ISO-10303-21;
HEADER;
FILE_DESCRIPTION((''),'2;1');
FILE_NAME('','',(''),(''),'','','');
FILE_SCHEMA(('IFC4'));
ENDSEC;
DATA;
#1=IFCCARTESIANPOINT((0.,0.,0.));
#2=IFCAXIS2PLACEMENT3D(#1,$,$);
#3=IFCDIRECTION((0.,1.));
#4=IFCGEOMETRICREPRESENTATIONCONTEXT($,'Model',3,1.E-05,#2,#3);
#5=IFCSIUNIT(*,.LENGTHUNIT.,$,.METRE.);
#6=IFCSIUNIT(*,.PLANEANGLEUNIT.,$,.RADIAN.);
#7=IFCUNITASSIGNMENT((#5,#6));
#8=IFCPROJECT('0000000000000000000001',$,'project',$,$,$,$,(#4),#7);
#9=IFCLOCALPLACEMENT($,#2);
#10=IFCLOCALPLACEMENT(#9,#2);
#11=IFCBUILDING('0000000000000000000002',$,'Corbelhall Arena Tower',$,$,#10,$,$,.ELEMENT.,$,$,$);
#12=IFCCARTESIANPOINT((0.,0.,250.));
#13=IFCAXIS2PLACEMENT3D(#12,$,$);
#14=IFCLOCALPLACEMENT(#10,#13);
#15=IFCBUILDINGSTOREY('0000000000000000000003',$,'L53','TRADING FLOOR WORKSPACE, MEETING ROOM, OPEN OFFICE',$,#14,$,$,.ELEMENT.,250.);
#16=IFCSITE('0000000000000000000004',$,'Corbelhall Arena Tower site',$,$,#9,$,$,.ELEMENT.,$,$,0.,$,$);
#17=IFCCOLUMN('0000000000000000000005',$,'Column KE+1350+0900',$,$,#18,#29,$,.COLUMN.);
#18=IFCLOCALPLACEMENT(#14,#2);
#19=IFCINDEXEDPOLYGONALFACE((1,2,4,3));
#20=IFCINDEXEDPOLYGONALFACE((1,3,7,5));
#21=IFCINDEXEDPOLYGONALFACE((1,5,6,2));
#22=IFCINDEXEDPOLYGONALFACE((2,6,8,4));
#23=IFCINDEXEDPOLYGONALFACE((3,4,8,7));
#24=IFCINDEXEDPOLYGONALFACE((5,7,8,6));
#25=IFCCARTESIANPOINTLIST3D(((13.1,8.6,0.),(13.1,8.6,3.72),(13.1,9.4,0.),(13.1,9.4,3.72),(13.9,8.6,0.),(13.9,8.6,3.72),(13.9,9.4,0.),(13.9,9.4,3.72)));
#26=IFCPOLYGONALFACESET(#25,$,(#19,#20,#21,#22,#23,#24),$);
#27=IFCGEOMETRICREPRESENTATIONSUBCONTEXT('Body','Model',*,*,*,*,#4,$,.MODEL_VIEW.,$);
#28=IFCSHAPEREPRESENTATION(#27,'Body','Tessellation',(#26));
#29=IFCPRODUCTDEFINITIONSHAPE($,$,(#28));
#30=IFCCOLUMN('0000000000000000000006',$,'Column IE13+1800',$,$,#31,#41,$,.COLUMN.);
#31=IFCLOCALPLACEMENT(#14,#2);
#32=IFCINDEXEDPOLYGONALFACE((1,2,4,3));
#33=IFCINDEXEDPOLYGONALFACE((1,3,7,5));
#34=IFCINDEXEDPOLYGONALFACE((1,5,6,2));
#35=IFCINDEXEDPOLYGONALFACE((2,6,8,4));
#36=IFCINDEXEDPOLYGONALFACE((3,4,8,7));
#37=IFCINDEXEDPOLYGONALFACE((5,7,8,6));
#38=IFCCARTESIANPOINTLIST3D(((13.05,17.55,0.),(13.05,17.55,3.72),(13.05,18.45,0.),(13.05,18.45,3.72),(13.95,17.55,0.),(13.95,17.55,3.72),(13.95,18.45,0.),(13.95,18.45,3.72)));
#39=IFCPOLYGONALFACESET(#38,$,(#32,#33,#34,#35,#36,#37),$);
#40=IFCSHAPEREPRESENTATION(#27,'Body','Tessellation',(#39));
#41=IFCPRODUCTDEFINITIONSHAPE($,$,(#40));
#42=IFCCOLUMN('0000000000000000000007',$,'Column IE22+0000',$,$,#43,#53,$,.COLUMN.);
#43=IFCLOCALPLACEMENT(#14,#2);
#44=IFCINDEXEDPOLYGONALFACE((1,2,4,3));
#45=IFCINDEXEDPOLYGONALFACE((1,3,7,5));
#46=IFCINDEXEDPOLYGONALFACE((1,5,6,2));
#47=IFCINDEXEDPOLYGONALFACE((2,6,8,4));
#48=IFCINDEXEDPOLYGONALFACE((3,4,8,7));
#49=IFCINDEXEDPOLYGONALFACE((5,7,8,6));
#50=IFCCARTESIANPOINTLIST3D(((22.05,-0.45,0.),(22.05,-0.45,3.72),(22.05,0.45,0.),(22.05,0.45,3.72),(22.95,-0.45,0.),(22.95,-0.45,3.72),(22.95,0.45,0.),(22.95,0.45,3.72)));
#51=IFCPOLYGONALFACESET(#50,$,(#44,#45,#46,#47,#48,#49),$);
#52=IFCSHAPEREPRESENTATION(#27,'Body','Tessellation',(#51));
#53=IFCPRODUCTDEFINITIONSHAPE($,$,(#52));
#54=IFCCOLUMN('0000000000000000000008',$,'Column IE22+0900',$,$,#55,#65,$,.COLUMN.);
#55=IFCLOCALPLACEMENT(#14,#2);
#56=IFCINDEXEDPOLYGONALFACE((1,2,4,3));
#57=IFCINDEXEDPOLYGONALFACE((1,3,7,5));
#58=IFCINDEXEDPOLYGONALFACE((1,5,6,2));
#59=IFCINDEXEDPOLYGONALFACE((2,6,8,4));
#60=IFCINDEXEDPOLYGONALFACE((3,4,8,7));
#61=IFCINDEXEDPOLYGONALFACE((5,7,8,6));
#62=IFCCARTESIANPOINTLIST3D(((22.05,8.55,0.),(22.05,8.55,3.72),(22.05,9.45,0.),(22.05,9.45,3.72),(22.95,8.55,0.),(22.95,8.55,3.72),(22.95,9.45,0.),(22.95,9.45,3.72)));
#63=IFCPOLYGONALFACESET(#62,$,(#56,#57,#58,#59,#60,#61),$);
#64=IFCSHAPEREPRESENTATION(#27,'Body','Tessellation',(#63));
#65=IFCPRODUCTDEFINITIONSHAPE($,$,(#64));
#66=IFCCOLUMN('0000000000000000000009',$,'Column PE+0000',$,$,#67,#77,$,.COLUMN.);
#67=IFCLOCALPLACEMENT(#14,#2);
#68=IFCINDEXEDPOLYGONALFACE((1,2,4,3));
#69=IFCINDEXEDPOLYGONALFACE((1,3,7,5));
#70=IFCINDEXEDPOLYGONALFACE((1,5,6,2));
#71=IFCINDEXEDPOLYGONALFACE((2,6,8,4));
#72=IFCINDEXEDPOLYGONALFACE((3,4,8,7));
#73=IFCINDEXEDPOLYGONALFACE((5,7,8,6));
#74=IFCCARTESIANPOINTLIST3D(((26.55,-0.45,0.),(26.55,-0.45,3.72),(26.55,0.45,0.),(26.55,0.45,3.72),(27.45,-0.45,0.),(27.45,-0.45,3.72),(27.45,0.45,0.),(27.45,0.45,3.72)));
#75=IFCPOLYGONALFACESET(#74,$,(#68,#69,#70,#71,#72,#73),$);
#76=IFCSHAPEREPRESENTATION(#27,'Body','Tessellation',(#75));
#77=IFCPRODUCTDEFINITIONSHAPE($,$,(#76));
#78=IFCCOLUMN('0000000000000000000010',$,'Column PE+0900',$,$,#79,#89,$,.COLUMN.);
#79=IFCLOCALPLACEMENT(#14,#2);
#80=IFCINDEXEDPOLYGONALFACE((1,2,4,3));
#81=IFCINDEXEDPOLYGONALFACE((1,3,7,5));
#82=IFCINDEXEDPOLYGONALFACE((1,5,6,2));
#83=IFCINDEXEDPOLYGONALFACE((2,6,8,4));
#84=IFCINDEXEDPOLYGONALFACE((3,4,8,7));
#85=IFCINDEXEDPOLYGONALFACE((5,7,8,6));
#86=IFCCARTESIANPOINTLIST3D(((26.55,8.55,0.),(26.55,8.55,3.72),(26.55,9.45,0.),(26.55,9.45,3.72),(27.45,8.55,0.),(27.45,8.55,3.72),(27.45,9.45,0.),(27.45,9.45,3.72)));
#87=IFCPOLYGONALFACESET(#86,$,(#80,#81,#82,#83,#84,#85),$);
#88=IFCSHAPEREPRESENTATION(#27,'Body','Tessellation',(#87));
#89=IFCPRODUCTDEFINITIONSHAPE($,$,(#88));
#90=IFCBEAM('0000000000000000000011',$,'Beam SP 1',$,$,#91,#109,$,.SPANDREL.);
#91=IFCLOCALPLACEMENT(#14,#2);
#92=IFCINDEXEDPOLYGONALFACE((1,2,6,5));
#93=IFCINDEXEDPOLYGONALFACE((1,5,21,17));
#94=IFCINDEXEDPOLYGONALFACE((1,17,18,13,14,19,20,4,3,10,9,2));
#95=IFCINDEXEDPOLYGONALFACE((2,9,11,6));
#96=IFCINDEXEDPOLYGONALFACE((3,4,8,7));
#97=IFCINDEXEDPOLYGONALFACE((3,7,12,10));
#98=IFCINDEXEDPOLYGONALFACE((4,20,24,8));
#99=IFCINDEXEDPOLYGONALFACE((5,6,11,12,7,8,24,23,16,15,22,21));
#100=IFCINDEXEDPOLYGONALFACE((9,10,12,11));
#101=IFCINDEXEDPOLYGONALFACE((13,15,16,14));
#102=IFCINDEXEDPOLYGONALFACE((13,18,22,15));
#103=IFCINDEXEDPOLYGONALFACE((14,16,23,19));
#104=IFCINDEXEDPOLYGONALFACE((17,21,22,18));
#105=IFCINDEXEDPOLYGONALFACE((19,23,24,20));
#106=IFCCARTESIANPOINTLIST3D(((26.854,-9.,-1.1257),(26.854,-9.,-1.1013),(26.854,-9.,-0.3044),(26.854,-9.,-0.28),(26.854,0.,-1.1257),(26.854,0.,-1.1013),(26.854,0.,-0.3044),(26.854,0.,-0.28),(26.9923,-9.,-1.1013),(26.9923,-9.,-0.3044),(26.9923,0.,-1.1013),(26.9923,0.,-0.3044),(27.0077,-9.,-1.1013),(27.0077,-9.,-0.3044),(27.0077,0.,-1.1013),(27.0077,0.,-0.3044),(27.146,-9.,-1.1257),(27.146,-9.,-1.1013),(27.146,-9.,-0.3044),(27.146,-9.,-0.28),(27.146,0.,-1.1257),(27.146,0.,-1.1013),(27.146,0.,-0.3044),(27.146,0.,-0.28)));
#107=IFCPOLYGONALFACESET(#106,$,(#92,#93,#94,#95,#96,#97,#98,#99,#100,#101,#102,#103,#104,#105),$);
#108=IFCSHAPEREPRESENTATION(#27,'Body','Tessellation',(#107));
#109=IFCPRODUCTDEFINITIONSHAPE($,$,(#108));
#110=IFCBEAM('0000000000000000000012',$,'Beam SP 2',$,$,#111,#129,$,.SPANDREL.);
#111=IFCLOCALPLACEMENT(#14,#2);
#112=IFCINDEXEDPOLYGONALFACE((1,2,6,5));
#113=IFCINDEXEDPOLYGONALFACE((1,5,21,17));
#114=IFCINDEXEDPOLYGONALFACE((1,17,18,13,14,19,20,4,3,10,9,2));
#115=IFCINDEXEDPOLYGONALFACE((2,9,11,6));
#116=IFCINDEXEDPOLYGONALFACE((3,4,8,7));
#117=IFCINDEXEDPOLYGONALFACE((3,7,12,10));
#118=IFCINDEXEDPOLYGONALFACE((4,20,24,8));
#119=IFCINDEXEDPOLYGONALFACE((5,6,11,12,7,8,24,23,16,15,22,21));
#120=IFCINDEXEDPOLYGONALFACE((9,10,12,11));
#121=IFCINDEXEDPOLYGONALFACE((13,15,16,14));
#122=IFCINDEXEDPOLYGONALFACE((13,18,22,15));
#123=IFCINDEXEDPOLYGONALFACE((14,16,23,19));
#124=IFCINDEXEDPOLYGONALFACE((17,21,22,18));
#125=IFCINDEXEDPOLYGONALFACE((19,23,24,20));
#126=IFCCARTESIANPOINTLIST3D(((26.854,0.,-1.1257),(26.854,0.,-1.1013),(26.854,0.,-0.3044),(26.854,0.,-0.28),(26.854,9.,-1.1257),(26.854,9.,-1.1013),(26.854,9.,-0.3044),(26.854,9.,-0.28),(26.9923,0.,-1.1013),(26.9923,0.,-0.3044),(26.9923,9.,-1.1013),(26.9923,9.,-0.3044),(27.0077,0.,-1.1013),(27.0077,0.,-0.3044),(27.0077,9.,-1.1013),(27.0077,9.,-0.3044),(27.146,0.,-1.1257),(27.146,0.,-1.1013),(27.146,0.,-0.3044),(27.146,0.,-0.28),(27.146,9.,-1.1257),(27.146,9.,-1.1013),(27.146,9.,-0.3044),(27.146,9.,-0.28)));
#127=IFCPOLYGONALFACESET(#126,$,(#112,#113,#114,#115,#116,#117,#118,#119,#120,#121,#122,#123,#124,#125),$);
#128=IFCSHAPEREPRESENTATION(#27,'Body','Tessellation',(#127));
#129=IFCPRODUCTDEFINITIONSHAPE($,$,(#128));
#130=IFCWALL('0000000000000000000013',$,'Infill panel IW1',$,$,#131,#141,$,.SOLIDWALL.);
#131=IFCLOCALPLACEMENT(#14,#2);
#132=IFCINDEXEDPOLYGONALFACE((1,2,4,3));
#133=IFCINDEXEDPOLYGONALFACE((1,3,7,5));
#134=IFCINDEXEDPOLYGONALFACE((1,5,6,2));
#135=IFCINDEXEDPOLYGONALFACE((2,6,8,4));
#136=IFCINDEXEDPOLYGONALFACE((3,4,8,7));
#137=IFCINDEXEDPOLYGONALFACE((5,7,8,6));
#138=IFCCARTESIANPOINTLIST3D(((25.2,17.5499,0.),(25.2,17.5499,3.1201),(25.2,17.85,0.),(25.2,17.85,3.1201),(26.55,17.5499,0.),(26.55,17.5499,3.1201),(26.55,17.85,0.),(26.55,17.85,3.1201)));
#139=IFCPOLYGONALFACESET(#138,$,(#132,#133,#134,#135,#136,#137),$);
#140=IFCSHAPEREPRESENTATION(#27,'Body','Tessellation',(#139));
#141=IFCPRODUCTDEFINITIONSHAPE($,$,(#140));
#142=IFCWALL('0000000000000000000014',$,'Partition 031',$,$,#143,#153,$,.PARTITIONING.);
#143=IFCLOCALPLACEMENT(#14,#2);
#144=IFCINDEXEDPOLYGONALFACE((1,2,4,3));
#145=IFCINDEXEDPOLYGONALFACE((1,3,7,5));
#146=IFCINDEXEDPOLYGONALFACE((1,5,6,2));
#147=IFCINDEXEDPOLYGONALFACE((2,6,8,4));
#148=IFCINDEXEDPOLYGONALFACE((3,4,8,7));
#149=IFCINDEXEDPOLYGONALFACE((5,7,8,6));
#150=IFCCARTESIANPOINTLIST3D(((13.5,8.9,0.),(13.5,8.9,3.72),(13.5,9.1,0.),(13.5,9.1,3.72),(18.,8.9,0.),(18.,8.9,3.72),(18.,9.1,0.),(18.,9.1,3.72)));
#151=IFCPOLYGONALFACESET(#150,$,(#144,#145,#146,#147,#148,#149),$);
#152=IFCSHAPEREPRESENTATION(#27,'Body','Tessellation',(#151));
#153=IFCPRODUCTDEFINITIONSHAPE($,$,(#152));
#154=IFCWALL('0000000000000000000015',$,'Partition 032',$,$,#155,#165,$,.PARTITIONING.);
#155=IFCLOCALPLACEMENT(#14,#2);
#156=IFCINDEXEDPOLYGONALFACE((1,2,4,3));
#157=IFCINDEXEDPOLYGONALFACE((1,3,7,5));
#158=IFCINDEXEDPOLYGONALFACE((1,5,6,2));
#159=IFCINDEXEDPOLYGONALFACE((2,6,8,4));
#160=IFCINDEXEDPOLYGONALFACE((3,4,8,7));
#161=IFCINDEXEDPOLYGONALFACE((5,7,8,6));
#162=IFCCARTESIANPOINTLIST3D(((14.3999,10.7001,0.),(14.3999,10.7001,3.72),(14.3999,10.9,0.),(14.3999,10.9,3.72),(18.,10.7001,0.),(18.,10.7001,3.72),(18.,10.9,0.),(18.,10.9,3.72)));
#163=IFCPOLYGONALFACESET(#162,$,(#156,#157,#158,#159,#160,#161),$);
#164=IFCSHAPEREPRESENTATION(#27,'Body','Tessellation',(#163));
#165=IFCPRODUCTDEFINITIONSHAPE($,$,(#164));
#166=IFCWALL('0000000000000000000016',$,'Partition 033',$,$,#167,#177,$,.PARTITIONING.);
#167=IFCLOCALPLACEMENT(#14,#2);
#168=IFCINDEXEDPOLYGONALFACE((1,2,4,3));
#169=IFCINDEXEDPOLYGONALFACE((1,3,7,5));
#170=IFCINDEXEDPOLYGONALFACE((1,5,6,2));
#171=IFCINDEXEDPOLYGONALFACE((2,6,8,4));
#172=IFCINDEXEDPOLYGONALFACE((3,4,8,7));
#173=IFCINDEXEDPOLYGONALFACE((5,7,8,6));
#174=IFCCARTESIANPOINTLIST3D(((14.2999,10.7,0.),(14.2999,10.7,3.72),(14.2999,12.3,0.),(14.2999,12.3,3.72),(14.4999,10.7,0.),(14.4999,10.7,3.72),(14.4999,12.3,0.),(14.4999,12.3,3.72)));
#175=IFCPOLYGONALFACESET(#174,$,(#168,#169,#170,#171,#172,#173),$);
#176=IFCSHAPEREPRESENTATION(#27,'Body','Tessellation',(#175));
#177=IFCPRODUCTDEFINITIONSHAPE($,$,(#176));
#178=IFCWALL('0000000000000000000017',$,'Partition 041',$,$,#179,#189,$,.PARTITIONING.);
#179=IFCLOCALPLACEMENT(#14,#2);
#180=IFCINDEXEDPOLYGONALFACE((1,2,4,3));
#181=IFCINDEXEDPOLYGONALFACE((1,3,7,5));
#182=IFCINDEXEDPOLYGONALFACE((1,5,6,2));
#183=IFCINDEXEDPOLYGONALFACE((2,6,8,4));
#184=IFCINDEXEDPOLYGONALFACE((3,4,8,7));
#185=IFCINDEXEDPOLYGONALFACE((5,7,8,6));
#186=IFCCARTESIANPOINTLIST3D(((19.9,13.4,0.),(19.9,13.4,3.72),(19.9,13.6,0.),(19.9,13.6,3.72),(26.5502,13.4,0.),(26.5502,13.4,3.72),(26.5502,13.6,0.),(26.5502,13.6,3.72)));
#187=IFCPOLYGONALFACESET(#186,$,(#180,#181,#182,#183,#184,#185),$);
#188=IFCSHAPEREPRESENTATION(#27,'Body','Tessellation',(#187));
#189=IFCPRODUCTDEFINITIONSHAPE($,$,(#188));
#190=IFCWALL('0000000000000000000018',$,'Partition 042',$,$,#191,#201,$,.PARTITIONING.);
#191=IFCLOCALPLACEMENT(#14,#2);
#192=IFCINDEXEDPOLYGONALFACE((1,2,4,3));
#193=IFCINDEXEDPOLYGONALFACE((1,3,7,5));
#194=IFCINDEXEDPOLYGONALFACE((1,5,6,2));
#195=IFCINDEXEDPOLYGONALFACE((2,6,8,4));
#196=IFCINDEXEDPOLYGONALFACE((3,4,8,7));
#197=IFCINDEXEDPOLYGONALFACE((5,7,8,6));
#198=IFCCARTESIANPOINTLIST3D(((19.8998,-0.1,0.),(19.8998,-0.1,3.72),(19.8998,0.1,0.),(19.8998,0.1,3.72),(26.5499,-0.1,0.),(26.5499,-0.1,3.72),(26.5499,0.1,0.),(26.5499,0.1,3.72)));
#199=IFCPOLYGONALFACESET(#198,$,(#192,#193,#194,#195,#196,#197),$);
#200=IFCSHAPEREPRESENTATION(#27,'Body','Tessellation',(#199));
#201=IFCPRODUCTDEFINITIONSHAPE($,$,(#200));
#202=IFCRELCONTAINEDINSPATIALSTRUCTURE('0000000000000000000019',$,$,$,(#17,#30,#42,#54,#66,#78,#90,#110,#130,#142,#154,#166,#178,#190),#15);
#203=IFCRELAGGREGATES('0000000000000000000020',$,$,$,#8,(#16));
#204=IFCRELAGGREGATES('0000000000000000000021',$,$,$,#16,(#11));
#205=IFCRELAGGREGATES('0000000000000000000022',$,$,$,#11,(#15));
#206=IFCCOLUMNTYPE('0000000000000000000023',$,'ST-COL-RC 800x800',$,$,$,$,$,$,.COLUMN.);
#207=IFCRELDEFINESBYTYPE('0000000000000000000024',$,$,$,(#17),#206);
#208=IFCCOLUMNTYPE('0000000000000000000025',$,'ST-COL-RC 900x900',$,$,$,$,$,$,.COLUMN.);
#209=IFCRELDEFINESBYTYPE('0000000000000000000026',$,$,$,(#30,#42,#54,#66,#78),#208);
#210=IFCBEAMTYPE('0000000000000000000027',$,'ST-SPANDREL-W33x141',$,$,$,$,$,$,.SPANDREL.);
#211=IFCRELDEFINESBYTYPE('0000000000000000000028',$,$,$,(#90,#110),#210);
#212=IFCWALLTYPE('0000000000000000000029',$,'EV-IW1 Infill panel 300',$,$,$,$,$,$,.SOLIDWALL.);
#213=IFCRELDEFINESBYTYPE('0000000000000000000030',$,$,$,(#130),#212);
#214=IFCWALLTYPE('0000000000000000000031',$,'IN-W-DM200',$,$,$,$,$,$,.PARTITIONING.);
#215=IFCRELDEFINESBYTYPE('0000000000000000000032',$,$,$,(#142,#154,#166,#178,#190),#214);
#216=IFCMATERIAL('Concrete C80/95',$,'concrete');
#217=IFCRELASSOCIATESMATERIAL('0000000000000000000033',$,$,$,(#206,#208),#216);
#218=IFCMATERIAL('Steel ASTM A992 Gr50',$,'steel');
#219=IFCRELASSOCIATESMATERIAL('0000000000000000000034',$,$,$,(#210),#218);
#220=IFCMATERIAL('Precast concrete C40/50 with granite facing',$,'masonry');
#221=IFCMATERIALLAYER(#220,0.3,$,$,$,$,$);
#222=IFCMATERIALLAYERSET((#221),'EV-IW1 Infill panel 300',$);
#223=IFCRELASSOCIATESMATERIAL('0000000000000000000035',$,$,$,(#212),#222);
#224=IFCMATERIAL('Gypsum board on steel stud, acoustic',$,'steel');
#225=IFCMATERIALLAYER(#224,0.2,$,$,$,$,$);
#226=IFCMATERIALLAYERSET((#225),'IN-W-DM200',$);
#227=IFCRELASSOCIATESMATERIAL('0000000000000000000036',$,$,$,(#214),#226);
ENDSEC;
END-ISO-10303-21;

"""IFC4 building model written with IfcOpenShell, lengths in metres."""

from ifc_helpers import new_model, si_unit, direction, frame, frame_2d, origin, origin_2d, place, context, subcontext, project, spatial, rectangle, i_section, extrude, material, layer, layer_set, material_profile, profile_set, type_object, element, save


model = new_model("IFC4")

# Units and contexts
model_context = context("Model", 3, precision=1e-05, world=origin(), true_north=direction((0.0, 1.0)))
body_context = subcontext(model_context, "Body", "Model", "MODEL_VIEW")
ifc_project = project(units=[si_unit("LENGTHUNIT", "METRE"), si_unit("PLANEANGLEUNIT", "RADIAN")], contexts=[model_context])

# Site, building, storey
site_placement = place(None, origin())
site = spatial("IfcSite", under=ifc_project, at=site_placement, Name="Corbelhall Arena Tower site", CompositionType="ELEMENT", RefElevation=0.0)
building_placement = place(site_placement, origin())
building = spatial("IfcBuilding", under=site, at=building_placement, Name="Corbelhall Arena Tower", CompositionType="ELEMENT")
storey_placement = place(building_placement, frame((0.0, 0.0, 250.0)))
storey = spatial("IfcBuildingStorey", under=building, at=storey_placement, Name="L53", Description="TRADING FLOOR WORKSPACE, MEETING ROOM, OPEN OFFICE", CompositionType="ELEMENT", Elevation=250.0)

# Columns
ifc_material_1 = material(Name="Concrete C80/95", Category="concrete")
ifc_material_profile_1 = material_profile(ifc_material_1, rectangle(XDim=0.8, YDim=0.8, at=origin_2d()))
ifc_profile_set_1 = profile_set([ifc_material_profile_1], Name="Concrete C80/95")
column_type_1 = type_object("IfcColumnType", Name="ST-COL-RC 800x800", PredefinedType="COLUMN", material=ifc_profile_set_1)
column_placement = place(storey_placement, frame((13.5, 9.0, 0.0), z_axis=(0.0, 0.0, 1.0), x_axis=(1.0, 0.0, 0.0)))
element("IfcColumn", 1, at=column_placement, inside=storey, type_object=column_type_1, Name="Column KE+1350+0900", PredefinedType="COLUMN", context=body_context, shape_type="SweptSolid", body=[
    extrude(rectangle(XDim=0.8, YDim=0.8, at=origin_2d()), origin(), (0.0, 0.0, 1.0), 3.72),
])
ifc_material_profile_2 = material_profile(ifc_material_1, rectangle(XDim=0.8999, YDim=0.8999, at=origin_2d()))
ifc_profile_set_2 = profile_set([ifc_material_profile_2], Name="Concrete C80/95")
column_type_2 = type_object("IfcColumnType", Name="ST-COL-RC 900x900", PredefinedType="COLUMN", material=ifc_profile_set_2)
for number, where, z_axis, x_axis, name in (
    (2, (13.5, 18.0, 0.0), (0.0, 0.0, 1.0), (1.0, 0.0, 0.0), "Column IE13+1800"),
    (3, (22.5, 0.0, 0.0), (0.0, 0.0, 1.0), (1.0, 0.0, 0.0), "Column IE22+0000"),
    (4, (22.5, 9.0, 0.0), (0.0, 0.0, 1.0), (1.0, 0.0, 0.0), "Column IE22+0900"),
    (5, (27.0, 0.0, 0.0), (0.0, 0.0, 1.0), (0.0, 1.0, 0.0), "Column PE+0000"),
    (6, (27.0, 9.0, 0.0), (0.0, 0.0, 1.0), (0.0, 1.0, 0.0), "Column PE+0900"),
):
    element("IfcColumn", number, at=place(storey_placement, frame(where, z_axis=z_axis, x_axis=x_axis)), inside=storey, type_object=column_type_2, Name=name, PredefinedType="COLUMN", context=body_context, shape_type="SweptSolid", body=[
        extrude(rectangle(XDim=0.8999, YDim=0.8999, at=origin_2d()), origin(), (0.0, 0.0, 1.0), 3.72),
    ])

# Beams
ifc_material_2 = material(Name="Steel ASTM A992 Gr50", Category="steel")
ifc_material_profile_3 = material_profile(ifc_material_2, i_section(OverallWidth=0.292, OverallDepth=0.8457, WebThickness=0.0154, FlangeThickness=0.0244, at=origin_2d()))
ifc_profile_set_3 = profile_set([ifc_material_profile_3], Name="Steel ASTM A992 Gr50")
beam_type = type_object("IfcBeamType", Name="ST-SPANDREL-W33x141", PredefinedType="SPANDREL", material=ifc_profile_set_3)
for number, where, z_axis, x_axis, name in (
    (7, (27.0, 0.0, -0.7029), (0.0, -1.0, 0.0), (1.0, 0.0, 0.0), "Beam SP 1"),
    (8, (27.0, 9.0, -0.7029), (0.0, -1.0, 0.0), (1.0, 0.0, 0.0), "Beam SP 2"),
):
    element("IfcBeam", number, at=place(storey_placement, frame(where, z_axis=z_axis, x_axis=x_axis)), inside=storey, type_object=beam_type, Name=name, PredefinedType="SPANDREL", context=body_context, shape_type="SweptSolid", body=[
        extrude(i_section(OverallWidth=0.292, OverallDepth=0.8457, WebThickness=0.0154, FlangeThickness=0.0244, at=origin_2d()), origin(), (0.0, 0.0, 1.0), 9.0),
    ])

# Shared definitions
ifc_material_3 = material(Name="Precast concrete C40/50 with granite facing", Category="masonry")
ifc_layer_1 = layer(ifc_material_3, 0.3)
ifc_layer_set_1 = layer_set([ifc_layer_1], Name="EV-IW1 Infill panel 300")
wall_type_1 = type_object("IfcWallType", Name="EV-IW1 Infill panel 300", PredefinedType="SOLIDWALL", material=ifc_layer_set_1)

# Walls
wall_1_placement = place(storey_placement, frame((26.55, 17.7, 0.0), z_axis=(0.0, 0.0, 1.0), x_axis=(-1.0, 0.0, 0.0)))
element("IfcWall", 9, at=wall_1_placement, inside=storey, type_object=wall_type_1, Name="Infill panel IW1", PredefinedType="SOLIDWALL", context=body_context, shape_type="SweptSolid", body=[
    extrude(rectangle(XDim=1.3501, YDim=0.3, at=frame_2d((0.675, 0.0))), origin(), (0.0, 0.0, 1.0), 3.1201),
])
ifc_material_4 = material(Name="Gypsum board on steel stud, acoustic", Category="steel")
ifc_layer_2 = layer(ifc_material_4, 0.2)
ifc_layer_set_2 = layer_set([ifc_layer_2], Name="IN-W-DM200")
wall_type_2 = type_object("IfcWallType", Name="IN-W-DM200", PredefinedType="PARTITIONING", material=ifc_layer_set_2)
wall_2_placement = place(storey_placement, frame((18.0, 9.0, 0.0), z_axis=(0.0, 0.0, 1.0), x_axis=(-1.0, 0.0, 0.0)))
element("IfcWall", 10, at=wall_2_placement, inside=storey, type_object=wall_type_2, Name="Partition 031", PredefinedType="PARTITIONING", context=body_context, shape_type="SweptSolid", body=[
    extrude(rectangle(XDim=4.5, YDim=0.2, at=frame_2d((2.25, 0.0))), origin(), (0.0, 0.0, 1.0), 3.72),
])
wall_3_placement = place(storey_placement, frame((14.3999, 10.8, 0.0), z_axis=(0.0, 0.0, 1.0), x_axis=(1.0, 0.0, 0.0)))
element("IfcWall", 11, at=wall_3_placement, inside=storey, type_object=wall_type_2, Name="Partition 032", PredefinedType="PARTITIONING", context=body_context, shape_type="SweptSolid", body=[
    extrude(rectangle(XDim=3.6001, YDim=0.2, at=frame_2d((1.8, 0.0))), origin(), (0.0, 0.0, 1.0), 3.72),
])
wall_4_placement = place(storey_placement, frame((14.3999, 12.3, 0.0), z_axis=(0.0, 0.0, 1.0), x_axis=(0.0, -1.0, 0.0)))
element("IfcWall", 12, at=wall_4_placement, inside=storey, type_object=wall_type_2, Name="Partition 033", PredefinedType="PARTITIONING", context=body_context, shape_type="SweptSolid", body=[
    extrude(rectangle(XDim=1.6001, YDim=0.2, at=frame_2d((0.8, 0.0))), origin(), (0.0, 0.0, 1.0), 3.72),
])

# Walls
for number, where, z_axis, x_axis, name in (
    (13, (19.8999, 13.5, 0.0), (0.0, 0.0, 1.0), (1.0, 0.0, 0.0), "Partition 041"),
    (14, (26.55, 0.0, 0.0), (0.0, 0.0, 1.0), (-1.0, 0.0, 0.0), "Partition 042"),
):
    element("IfcWall", number, at=place(storey_placement, frame(where, z_axis=z_axis, x_axis=x_axis)), inside=storey, type_object=wall_type_2, Name=name, PredefinedType="PARTITIONING", context=body_context, shape_type="SweptSolid", body=[
        extrude(rectangle(XDim=6.6501, YDim=0.2, at=frame_2d((3.3252, 0.0))), origin(), (0.0, 0.0, 1.0), 3.72),
    ])

save(model, "model.ifc")
